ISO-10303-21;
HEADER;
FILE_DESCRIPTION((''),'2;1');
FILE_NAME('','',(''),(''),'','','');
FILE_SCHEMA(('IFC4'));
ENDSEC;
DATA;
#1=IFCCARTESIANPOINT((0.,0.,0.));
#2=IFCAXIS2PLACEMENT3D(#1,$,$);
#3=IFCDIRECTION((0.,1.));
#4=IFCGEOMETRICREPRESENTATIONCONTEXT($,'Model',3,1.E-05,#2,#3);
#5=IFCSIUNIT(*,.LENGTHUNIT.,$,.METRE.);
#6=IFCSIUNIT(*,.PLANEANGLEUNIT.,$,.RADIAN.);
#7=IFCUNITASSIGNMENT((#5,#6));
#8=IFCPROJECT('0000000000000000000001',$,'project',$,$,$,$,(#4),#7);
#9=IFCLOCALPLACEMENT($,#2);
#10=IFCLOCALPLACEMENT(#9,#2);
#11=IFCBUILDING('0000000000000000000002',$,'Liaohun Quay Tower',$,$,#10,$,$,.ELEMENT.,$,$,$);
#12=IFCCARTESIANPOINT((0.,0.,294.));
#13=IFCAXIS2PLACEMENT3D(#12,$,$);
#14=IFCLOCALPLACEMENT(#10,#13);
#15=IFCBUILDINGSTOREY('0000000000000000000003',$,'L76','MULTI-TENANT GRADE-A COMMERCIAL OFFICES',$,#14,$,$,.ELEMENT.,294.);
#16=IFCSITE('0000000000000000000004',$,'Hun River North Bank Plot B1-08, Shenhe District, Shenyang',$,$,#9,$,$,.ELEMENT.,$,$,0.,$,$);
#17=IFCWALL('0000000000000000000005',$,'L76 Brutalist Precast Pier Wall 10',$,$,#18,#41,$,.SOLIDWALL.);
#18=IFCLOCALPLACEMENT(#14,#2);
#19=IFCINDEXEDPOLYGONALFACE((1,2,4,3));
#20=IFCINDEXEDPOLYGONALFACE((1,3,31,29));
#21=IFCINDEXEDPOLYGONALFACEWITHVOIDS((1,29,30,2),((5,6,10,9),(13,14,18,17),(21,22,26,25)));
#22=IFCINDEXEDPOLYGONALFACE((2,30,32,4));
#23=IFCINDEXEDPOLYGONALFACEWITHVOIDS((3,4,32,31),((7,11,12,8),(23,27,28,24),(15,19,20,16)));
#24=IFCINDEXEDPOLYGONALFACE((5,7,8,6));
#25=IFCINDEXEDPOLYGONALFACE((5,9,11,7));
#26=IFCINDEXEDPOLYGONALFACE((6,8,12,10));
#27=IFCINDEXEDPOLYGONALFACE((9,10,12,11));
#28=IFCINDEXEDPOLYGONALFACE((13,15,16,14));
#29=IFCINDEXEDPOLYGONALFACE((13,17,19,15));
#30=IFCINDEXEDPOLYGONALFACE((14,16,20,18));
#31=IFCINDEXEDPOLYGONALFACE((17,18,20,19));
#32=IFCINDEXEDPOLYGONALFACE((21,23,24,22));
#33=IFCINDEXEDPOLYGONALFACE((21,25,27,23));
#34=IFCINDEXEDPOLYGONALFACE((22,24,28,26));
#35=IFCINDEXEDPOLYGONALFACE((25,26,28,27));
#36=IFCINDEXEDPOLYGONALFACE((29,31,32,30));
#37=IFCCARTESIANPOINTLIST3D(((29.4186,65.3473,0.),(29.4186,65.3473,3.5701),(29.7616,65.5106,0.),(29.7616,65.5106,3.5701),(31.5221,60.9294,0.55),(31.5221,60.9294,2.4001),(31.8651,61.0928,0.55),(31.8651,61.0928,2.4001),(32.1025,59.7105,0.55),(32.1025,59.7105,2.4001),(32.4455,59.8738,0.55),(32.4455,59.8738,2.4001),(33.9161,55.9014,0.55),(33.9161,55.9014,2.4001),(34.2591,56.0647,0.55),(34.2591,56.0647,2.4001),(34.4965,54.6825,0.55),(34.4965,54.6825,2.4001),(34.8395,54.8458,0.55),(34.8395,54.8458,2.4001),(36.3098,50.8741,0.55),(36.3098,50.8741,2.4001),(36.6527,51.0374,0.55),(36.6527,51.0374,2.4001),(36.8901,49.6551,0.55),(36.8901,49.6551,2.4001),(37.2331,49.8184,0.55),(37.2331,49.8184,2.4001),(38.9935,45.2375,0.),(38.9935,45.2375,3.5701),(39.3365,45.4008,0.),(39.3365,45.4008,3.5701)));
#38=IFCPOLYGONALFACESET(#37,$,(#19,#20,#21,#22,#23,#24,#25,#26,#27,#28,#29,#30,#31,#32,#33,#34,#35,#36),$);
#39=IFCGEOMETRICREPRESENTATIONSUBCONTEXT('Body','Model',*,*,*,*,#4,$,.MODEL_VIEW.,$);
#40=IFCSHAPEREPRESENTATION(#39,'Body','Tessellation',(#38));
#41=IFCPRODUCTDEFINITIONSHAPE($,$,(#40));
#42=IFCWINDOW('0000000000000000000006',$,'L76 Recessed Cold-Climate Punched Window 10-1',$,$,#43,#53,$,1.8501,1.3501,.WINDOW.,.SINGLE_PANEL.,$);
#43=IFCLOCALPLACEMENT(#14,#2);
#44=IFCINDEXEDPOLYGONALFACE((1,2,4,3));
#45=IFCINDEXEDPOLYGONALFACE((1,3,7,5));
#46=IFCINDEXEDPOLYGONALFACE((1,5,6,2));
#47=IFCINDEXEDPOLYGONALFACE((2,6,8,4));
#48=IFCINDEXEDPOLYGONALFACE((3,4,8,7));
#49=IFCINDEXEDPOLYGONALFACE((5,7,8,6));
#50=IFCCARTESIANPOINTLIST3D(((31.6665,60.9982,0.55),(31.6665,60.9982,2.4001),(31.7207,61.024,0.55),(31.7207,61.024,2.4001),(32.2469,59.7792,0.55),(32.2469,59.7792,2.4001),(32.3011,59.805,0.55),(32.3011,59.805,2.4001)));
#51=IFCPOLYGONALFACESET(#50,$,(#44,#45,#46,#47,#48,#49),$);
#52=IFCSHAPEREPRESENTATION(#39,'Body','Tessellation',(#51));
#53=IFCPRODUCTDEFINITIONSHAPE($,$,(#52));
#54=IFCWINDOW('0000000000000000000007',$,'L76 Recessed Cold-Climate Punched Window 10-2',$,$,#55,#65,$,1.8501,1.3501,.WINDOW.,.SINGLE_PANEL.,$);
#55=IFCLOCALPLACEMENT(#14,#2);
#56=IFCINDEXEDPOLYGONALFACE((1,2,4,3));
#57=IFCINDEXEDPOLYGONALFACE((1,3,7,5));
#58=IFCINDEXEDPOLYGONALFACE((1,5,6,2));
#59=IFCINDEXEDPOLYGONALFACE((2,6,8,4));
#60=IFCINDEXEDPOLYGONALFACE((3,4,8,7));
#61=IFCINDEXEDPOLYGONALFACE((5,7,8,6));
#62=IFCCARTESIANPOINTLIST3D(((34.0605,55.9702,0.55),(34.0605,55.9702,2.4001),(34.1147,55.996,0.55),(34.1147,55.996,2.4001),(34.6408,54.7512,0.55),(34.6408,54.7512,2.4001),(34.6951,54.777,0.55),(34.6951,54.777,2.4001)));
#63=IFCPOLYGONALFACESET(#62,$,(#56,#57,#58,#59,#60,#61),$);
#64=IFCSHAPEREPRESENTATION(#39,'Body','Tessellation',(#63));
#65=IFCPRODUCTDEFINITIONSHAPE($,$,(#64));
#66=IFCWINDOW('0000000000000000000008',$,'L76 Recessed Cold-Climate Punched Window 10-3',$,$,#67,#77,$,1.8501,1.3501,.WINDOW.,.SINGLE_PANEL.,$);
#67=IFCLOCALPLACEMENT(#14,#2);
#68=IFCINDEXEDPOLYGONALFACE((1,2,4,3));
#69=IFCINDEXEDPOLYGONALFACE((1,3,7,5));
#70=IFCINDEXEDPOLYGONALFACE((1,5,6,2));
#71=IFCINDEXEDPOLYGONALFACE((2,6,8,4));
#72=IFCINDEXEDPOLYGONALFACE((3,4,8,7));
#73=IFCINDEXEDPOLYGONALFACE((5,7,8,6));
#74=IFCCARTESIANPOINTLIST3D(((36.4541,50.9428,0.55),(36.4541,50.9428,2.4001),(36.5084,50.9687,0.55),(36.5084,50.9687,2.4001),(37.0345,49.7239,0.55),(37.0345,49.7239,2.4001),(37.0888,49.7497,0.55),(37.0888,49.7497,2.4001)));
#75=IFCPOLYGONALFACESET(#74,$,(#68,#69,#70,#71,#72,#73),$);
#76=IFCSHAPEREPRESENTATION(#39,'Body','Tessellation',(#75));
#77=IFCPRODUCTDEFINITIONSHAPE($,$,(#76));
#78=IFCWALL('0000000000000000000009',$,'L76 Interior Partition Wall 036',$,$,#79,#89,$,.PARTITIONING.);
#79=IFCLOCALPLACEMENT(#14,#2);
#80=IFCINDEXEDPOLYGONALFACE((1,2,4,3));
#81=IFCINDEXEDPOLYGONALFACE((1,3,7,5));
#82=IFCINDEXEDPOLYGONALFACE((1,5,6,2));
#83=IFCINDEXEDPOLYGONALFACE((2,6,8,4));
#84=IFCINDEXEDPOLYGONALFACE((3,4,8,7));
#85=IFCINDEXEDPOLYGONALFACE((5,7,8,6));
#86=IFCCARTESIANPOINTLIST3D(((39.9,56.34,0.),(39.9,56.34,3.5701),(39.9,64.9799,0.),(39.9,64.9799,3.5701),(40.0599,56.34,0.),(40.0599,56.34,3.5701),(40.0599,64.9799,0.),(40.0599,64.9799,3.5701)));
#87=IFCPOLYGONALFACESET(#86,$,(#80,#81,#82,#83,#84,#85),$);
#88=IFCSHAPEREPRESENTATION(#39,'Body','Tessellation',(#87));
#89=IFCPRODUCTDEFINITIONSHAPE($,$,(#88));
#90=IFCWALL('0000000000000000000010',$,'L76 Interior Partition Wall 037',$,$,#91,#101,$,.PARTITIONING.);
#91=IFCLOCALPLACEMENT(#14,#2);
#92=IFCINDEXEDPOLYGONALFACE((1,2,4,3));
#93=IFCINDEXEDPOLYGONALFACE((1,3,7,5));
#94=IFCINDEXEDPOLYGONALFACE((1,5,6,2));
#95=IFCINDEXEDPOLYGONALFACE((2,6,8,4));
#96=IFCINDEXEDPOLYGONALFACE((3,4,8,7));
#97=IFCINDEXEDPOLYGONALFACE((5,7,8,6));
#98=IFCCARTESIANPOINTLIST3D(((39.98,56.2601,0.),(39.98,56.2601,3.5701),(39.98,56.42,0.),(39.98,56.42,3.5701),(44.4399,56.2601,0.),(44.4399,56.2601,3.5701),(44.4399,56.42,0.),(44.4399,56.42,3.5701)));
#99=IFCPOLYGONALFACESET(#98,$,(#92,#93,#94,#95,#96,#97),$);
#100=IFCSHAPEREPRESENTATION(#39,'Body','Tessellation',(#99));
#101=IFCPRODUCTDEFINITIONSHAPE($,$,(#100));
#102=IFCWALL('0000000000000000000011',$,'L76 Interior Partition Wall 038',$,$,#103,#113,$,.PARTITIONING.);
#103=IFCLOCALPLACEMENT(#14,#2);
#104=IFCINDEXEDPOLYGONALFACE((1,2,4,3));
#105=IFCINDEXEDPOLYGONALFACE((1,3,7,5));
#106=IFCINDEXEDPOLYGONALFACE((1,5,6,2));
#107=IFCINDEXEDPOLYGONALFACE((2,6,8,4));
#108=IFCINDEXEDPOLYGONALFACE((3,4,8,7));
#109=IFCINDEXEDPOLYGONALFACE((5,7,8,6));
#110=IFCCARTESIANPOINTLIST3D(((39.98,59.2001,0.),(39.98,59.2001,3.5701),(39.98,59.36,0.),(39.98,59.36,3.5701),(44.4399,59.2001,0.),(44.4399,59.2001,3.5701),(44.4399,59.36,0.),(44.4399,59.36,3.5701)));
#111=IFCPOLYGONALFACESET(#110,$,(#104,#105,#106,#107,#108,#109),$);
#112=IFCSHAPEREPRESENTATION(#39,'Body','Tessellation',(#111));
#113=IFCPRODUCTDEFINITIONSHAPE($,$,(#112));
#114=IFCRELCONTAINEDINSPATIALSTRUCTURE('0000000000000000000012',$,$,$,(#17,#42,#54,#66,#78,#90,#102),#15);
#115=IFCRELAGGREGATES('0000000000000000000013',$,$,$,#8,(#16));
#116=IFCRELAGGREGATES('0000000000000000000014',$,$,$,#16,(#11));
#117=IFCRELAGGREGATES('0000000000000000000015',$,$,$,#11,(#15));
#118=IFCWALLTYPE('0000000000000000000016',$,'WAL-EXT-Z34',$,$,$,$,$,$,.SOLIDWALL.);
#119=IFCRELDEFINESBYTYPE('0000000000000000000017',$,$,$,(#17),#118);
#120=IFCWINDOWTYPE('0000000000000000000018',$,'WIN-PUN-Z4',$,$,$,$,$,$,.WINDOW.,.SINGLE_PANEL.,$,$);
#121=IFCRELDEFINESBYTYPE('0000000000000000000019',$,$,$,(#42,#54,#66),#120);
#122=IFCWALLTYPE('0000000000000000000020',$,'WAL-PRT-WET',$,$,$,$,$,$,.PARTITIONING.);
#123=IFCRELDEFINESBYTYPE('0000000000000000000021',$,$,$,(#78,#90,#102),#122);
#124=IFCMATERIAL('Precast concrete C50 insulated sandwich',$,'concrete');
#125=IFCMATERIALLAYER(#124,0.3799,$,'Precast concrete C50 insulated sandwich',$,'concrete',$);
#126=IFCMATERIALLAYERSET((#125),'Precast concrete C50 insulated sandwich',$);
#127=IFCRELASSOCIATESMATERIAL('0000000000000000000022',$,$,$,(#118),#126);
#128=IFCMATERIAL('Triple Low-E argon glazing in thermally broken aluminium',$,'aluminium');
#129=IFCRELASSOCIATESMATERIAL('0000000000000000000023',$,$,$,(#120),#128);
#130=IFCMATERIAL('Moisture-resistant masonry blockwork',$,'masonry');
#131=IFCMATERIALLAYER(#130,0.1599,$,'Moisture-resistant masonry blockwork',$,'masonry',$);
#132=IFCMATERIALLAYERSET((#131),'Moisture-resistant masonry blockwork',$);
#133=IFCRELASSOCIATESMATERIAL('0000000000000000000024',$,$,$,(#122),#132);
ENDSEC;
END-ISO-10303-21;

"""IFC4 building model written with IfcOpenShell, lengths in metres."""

from ifc_helpers import new_model, si_unit, direction, frame, frame_2d, origin, place, context, subcontext, project, spatial, rectangle, extrude, source, transform, mapped, material, layer, layer_set, type_object, element, fill, save


model = new_model("IFC4")

# Units and contexts
model_context = context("Model", 3, precision=1e-05, world=origin(), true_north=direction((0.0, 1.0)))
body_context = subcontext(model_context, "Body", "Model", "MODEL_VIEW")
ifc_project = project(units=[si_unit("LENGTHUNIT", "METRE"), si_unit("PLANEANGLEUNIT", "RADIAN")], contexts=[model_context])

# Site, building, storey
site_placement = place(None, origin())
site = spatial("IfcSite", under=ifc_project, at=site_placement, Name="Hun River North Bank Plot B1-08, Shenhe District, Shenyang", CompositionType="ELEMENT", RefElevation=0.0)
building_placement = place(site_placement, origin())
building = spatial("IfcBuilding", under=site, at=building_placement, Name="Liaohun Quay Tower", CompositionType="ELEMENT")
storey_placement = place(building_placement, frame((0.0, 0.0, 294.0)))
storey = spatial("IfcBuildingStorey", under=building, at=storey_placement, Name="L76", Description="MULTI-TENANT GRADE-A COMMERCIAL OFFICES", CompositionType="ELEMENT", Elevation=294.0)

# Shared definitions
ifc_material_1 = material(Name="Precast concrete C50 insulated sandwich", Category="concrete")
ifc_layer_1 = layer(ifc_material_1, 0.3799, Name="Precast concrete C50 insulated sandwich", Category="concrete")
ifc_layer_set_1 = layer_set([ifc_layer_1], Name="Precast concrete C50 insulated sandwich")
wall_type_1 = type_object("IfcWallType", Name="WAL-EXT-Z34", PredefinedType="SOLIDWALL", material=ifc_layer_set_1)

# Wall, openings, windows
wall_1_placement = place(storey_placement, frame((29.5901, 65.429, 0.0), z_axis=(0.0, 0.0, 1.0), x_axis=(0.429891, -0.902881, 0.0)))
wall_1 = element("IfcWall", 1, at=wall_1_placement, inside=storey, type_object=wall_type_1, Name="L76 Brutalist Precast Pier Wall 10", PredefinedType="SOLIDWALL", context=body_context, shape_type="SweptSolid", body=[
    extrude(rectangle(XDim=22.2729, YDim=0.3799, at=frame_2d((11.1365, 0.0))), origin(), (0.0, 0.0, 1.0), 3.5701),
])
shared_shape_1 = source(origin(), body_context, "Body", "SweptSolid", [
    extrude(rectangle(XDim=1.3501, YDim=1.8501, at=frame_2d((0.675, 0.925))), frame((0.0, 0.2, 0.0), z_axis=(0.0, -1.0, 0.0), x_axis=(1.0, 0.0, 0.0)), (0.0, 0.0, 1.0), 0.3999),
])
opening_1_placement = place(wall_1_placement, frame((4.8931, 0.0, 0.55)))
opening_1 = element("IfcOpeningElement", 2, at=opening_1_placement, cuts=wall_1, PredefinedType="OPENING", context=body_context, shape_type="MappedRepresentation", body=[
    mapped(shared_shape_1, transform((0.0, 0.0, 0.0), x_axis=(1.0, 0.0, 0.0), y_axis=(0.0, 1.0, 0.0), z_axis=(0.0, 0.0, 1.0), scale=1.0)),
])
opening_2_placement = place(wall_1_placement, frame((10.4619, 0.0, 0.55)))
opening_2 = element("IfcOpeningElement", 3, at=opening_2_placement, cuts=wall_1, PredefinedType="OPENING", context=body_context, shape_type="MappedRepresentation", body=[
    mapped(shared_shape_1, transform((0.0, 0.0, 0.0), x_axis=(1.0, 0.0, 0.0), y_axis=(0.0, 1.0, 0.0), z_axis=(0.0, 0.0, 1.0), scale=1.0)),
])
opening_3_placement = place(wall_1_placement, frame((16.03, 0.0, 0.55)))
opening_3 = element("IfcOpeningElement", 4, at=opening_3_placement, cuts=wall_1, PredefinedType="OPENING", context=body_context, shape_type="MappedRepresentation", body=[
    mapped(shared_shape_1, transform((0.0, 0.0, 0.0), x_axis=(1.0, 0.0, 0.0), y_axis=(0.0, 1.0, 0.0), z_axis=(0.0, 0.0, 1.0), scale=1.0)),
])
ifc_material_2 = material(Name="Triple Low-E argon glazing in thermally broken aluminium", Category="aluminium")
window_type_1 = type_object("IfcWindowType", Name="WIN-PUN-Z4", PartitioningType="SINGLE_PANEL", PredefinedType="WINDOW", material=ifc_material_2)
shared_shape_2 = source(origin(), body_context, "Body", "SweptSolid", [
    extrude(rectangle(XDim=1.3501, YDim=1.8501, at=frame_2d((0.675, 0.925))), frame((0.0, 0.03, 0.0), z_axis=(0.0, -1.0, 0.0), x_axis=(1.0, 0.0, 0.0)), (0.0, 0.0, 1.0), 0.0601),
])
window_1_placement = place(opening_1_placement, origin())
window_1 = element("IfcWindow", 5, at=window_1_placement, inside=storey, type_object=window_type_1, Name="L76 Recessed Cold-Climate Punched Window 10-1", OverallHeight=1.8501, OverallWidth=1.3501, PartitioningType="SINGLE_PANEL", PredefinedType="WINDOW", context=body_context, shape_type="MappedRepresentation", body=[
    mapped(shared_shape_2, transform((0.0, 0.0, 0.0), x_axis=(1.0, 0.0, 0.0), y_axis=(0.0, 1.0, 0.0), z_axis=(0.0, 0.0, 1.0), scale=1.0)),
])
fill(opening_1, window_1)
window_2_placement = place(opening_2_placement, origin())
window_2 = element("IfcWindow", 6, at=window_2_placement, inside=storey, type_object=window_type_1, Name="L76 Recessed Cold-Climate Punched Window 10-2", OverallHeight=1.8501, OverallWidth=1.3501, PartitioningType="SINGLE_PANEL", PredefinedType="WINDOW", context=body_context, shape_type="MappedRepresentation", body=[
    mapped(shared_shape_2, transform((0.0, 0.0, 0.0), x_axis=(1.0, 0.0, 0.0), y_axis=(0.0, 1.0, 0.0), z_axis=(0.0, 0.0, 1.0), scale=1.0)),
])
fill(opening_2, window_2)
window_3_placement = place(opening_3_placement, origin())
window_3 = element("IfcWindow", 7, at=window_3_placement, inside=storey, type_object=window_type_1, Name="L76 Recessed Cold-Climate Punched Window 10-3", OverallHeight=1.8501, OverallWidth=1.3501, PartitioningType="SINGLE_PANEL", PredefinedType="WINDOW", context=body_context, shape_type="MappedRepresentation", body=[
    mapped(shared_shape_2, transform((0.0, 0.0, 0.0), x_axis=(1.0, 0.0, 0.0), y_axis=(0.0, 1.0, 0.0), z_axis=(0.0, 0.0, 1.0), scale=1.0)),
])
fill(opening_3, window_3)

# Walls
ifc_material_3 = material(Name="Moisture-resistant masonry blockwork", Category="masonry")
ifc_layer_2 = layer(ifc_material_3, 0.1599, Name="Moisture-resistant masonry blockwork", Category="masonry")
ifc_layer_set_2 = layer_set([ifc_layer_2], Name="Moisture-resistant masonry blockwork")
wall_type_2 = type_object("IfcWallType", Name="WAL-PRT-WET", PredefinedType="PARTITIONING", material=ifc_layer_set_2)
wall_2_placement = place(storey_placement, frame((39.98, 56.3401, 0.0), z_axis=(0.0, 0.0, 1.0), x_axis=(0.0, 1.0, 0.0)))
element("IfcWall", 8, at=wall_2_placement, inside=storey, type_object=wall_type_2, Name="L76 Interior Partition Wall 036", PredefinedType="PARTITIONING", context=body_context, shape_type="SweptSolid", body=[
    extrude(rectangle(XDim=8.6399, YDim=0.1599, at=frame_2d((4.3198, 0.0))), origin(), (0.0, 0.0, 1.0), 3.5701),
])
for number, where, z_axis, x_axis, name in (
    (9, (39.98, 56.3401, 0.0), (0.0, 0.0, 1.0), (1.0, 0.0, 0.0), "L76 Interior Partition Wall 037"),
    (10, (39.98, 59.28, 0.0), (0.0, 0.0, 1.0), (1.0, 0.0, 0.0), "L76 Interior Partition Wall 038"),
):
    element("IfcWall", number, at=place(storey_placement, frame(where, z_axis=z_axis, x_axis=x_axis)), inside=storey, type_object=wall_type_2, Name=name, PredefinedType="PARTITIONING", context=body_context, shape_type="SweptSolid", body=[
        extrude(rectangle(XDim=4.46, YDim=0.1599, at=frame_2d((2.23, 0.0))), origin(), (0.0, 0.0, 1.0), 3.5701),
    ])

save(model, "model.ifc")
